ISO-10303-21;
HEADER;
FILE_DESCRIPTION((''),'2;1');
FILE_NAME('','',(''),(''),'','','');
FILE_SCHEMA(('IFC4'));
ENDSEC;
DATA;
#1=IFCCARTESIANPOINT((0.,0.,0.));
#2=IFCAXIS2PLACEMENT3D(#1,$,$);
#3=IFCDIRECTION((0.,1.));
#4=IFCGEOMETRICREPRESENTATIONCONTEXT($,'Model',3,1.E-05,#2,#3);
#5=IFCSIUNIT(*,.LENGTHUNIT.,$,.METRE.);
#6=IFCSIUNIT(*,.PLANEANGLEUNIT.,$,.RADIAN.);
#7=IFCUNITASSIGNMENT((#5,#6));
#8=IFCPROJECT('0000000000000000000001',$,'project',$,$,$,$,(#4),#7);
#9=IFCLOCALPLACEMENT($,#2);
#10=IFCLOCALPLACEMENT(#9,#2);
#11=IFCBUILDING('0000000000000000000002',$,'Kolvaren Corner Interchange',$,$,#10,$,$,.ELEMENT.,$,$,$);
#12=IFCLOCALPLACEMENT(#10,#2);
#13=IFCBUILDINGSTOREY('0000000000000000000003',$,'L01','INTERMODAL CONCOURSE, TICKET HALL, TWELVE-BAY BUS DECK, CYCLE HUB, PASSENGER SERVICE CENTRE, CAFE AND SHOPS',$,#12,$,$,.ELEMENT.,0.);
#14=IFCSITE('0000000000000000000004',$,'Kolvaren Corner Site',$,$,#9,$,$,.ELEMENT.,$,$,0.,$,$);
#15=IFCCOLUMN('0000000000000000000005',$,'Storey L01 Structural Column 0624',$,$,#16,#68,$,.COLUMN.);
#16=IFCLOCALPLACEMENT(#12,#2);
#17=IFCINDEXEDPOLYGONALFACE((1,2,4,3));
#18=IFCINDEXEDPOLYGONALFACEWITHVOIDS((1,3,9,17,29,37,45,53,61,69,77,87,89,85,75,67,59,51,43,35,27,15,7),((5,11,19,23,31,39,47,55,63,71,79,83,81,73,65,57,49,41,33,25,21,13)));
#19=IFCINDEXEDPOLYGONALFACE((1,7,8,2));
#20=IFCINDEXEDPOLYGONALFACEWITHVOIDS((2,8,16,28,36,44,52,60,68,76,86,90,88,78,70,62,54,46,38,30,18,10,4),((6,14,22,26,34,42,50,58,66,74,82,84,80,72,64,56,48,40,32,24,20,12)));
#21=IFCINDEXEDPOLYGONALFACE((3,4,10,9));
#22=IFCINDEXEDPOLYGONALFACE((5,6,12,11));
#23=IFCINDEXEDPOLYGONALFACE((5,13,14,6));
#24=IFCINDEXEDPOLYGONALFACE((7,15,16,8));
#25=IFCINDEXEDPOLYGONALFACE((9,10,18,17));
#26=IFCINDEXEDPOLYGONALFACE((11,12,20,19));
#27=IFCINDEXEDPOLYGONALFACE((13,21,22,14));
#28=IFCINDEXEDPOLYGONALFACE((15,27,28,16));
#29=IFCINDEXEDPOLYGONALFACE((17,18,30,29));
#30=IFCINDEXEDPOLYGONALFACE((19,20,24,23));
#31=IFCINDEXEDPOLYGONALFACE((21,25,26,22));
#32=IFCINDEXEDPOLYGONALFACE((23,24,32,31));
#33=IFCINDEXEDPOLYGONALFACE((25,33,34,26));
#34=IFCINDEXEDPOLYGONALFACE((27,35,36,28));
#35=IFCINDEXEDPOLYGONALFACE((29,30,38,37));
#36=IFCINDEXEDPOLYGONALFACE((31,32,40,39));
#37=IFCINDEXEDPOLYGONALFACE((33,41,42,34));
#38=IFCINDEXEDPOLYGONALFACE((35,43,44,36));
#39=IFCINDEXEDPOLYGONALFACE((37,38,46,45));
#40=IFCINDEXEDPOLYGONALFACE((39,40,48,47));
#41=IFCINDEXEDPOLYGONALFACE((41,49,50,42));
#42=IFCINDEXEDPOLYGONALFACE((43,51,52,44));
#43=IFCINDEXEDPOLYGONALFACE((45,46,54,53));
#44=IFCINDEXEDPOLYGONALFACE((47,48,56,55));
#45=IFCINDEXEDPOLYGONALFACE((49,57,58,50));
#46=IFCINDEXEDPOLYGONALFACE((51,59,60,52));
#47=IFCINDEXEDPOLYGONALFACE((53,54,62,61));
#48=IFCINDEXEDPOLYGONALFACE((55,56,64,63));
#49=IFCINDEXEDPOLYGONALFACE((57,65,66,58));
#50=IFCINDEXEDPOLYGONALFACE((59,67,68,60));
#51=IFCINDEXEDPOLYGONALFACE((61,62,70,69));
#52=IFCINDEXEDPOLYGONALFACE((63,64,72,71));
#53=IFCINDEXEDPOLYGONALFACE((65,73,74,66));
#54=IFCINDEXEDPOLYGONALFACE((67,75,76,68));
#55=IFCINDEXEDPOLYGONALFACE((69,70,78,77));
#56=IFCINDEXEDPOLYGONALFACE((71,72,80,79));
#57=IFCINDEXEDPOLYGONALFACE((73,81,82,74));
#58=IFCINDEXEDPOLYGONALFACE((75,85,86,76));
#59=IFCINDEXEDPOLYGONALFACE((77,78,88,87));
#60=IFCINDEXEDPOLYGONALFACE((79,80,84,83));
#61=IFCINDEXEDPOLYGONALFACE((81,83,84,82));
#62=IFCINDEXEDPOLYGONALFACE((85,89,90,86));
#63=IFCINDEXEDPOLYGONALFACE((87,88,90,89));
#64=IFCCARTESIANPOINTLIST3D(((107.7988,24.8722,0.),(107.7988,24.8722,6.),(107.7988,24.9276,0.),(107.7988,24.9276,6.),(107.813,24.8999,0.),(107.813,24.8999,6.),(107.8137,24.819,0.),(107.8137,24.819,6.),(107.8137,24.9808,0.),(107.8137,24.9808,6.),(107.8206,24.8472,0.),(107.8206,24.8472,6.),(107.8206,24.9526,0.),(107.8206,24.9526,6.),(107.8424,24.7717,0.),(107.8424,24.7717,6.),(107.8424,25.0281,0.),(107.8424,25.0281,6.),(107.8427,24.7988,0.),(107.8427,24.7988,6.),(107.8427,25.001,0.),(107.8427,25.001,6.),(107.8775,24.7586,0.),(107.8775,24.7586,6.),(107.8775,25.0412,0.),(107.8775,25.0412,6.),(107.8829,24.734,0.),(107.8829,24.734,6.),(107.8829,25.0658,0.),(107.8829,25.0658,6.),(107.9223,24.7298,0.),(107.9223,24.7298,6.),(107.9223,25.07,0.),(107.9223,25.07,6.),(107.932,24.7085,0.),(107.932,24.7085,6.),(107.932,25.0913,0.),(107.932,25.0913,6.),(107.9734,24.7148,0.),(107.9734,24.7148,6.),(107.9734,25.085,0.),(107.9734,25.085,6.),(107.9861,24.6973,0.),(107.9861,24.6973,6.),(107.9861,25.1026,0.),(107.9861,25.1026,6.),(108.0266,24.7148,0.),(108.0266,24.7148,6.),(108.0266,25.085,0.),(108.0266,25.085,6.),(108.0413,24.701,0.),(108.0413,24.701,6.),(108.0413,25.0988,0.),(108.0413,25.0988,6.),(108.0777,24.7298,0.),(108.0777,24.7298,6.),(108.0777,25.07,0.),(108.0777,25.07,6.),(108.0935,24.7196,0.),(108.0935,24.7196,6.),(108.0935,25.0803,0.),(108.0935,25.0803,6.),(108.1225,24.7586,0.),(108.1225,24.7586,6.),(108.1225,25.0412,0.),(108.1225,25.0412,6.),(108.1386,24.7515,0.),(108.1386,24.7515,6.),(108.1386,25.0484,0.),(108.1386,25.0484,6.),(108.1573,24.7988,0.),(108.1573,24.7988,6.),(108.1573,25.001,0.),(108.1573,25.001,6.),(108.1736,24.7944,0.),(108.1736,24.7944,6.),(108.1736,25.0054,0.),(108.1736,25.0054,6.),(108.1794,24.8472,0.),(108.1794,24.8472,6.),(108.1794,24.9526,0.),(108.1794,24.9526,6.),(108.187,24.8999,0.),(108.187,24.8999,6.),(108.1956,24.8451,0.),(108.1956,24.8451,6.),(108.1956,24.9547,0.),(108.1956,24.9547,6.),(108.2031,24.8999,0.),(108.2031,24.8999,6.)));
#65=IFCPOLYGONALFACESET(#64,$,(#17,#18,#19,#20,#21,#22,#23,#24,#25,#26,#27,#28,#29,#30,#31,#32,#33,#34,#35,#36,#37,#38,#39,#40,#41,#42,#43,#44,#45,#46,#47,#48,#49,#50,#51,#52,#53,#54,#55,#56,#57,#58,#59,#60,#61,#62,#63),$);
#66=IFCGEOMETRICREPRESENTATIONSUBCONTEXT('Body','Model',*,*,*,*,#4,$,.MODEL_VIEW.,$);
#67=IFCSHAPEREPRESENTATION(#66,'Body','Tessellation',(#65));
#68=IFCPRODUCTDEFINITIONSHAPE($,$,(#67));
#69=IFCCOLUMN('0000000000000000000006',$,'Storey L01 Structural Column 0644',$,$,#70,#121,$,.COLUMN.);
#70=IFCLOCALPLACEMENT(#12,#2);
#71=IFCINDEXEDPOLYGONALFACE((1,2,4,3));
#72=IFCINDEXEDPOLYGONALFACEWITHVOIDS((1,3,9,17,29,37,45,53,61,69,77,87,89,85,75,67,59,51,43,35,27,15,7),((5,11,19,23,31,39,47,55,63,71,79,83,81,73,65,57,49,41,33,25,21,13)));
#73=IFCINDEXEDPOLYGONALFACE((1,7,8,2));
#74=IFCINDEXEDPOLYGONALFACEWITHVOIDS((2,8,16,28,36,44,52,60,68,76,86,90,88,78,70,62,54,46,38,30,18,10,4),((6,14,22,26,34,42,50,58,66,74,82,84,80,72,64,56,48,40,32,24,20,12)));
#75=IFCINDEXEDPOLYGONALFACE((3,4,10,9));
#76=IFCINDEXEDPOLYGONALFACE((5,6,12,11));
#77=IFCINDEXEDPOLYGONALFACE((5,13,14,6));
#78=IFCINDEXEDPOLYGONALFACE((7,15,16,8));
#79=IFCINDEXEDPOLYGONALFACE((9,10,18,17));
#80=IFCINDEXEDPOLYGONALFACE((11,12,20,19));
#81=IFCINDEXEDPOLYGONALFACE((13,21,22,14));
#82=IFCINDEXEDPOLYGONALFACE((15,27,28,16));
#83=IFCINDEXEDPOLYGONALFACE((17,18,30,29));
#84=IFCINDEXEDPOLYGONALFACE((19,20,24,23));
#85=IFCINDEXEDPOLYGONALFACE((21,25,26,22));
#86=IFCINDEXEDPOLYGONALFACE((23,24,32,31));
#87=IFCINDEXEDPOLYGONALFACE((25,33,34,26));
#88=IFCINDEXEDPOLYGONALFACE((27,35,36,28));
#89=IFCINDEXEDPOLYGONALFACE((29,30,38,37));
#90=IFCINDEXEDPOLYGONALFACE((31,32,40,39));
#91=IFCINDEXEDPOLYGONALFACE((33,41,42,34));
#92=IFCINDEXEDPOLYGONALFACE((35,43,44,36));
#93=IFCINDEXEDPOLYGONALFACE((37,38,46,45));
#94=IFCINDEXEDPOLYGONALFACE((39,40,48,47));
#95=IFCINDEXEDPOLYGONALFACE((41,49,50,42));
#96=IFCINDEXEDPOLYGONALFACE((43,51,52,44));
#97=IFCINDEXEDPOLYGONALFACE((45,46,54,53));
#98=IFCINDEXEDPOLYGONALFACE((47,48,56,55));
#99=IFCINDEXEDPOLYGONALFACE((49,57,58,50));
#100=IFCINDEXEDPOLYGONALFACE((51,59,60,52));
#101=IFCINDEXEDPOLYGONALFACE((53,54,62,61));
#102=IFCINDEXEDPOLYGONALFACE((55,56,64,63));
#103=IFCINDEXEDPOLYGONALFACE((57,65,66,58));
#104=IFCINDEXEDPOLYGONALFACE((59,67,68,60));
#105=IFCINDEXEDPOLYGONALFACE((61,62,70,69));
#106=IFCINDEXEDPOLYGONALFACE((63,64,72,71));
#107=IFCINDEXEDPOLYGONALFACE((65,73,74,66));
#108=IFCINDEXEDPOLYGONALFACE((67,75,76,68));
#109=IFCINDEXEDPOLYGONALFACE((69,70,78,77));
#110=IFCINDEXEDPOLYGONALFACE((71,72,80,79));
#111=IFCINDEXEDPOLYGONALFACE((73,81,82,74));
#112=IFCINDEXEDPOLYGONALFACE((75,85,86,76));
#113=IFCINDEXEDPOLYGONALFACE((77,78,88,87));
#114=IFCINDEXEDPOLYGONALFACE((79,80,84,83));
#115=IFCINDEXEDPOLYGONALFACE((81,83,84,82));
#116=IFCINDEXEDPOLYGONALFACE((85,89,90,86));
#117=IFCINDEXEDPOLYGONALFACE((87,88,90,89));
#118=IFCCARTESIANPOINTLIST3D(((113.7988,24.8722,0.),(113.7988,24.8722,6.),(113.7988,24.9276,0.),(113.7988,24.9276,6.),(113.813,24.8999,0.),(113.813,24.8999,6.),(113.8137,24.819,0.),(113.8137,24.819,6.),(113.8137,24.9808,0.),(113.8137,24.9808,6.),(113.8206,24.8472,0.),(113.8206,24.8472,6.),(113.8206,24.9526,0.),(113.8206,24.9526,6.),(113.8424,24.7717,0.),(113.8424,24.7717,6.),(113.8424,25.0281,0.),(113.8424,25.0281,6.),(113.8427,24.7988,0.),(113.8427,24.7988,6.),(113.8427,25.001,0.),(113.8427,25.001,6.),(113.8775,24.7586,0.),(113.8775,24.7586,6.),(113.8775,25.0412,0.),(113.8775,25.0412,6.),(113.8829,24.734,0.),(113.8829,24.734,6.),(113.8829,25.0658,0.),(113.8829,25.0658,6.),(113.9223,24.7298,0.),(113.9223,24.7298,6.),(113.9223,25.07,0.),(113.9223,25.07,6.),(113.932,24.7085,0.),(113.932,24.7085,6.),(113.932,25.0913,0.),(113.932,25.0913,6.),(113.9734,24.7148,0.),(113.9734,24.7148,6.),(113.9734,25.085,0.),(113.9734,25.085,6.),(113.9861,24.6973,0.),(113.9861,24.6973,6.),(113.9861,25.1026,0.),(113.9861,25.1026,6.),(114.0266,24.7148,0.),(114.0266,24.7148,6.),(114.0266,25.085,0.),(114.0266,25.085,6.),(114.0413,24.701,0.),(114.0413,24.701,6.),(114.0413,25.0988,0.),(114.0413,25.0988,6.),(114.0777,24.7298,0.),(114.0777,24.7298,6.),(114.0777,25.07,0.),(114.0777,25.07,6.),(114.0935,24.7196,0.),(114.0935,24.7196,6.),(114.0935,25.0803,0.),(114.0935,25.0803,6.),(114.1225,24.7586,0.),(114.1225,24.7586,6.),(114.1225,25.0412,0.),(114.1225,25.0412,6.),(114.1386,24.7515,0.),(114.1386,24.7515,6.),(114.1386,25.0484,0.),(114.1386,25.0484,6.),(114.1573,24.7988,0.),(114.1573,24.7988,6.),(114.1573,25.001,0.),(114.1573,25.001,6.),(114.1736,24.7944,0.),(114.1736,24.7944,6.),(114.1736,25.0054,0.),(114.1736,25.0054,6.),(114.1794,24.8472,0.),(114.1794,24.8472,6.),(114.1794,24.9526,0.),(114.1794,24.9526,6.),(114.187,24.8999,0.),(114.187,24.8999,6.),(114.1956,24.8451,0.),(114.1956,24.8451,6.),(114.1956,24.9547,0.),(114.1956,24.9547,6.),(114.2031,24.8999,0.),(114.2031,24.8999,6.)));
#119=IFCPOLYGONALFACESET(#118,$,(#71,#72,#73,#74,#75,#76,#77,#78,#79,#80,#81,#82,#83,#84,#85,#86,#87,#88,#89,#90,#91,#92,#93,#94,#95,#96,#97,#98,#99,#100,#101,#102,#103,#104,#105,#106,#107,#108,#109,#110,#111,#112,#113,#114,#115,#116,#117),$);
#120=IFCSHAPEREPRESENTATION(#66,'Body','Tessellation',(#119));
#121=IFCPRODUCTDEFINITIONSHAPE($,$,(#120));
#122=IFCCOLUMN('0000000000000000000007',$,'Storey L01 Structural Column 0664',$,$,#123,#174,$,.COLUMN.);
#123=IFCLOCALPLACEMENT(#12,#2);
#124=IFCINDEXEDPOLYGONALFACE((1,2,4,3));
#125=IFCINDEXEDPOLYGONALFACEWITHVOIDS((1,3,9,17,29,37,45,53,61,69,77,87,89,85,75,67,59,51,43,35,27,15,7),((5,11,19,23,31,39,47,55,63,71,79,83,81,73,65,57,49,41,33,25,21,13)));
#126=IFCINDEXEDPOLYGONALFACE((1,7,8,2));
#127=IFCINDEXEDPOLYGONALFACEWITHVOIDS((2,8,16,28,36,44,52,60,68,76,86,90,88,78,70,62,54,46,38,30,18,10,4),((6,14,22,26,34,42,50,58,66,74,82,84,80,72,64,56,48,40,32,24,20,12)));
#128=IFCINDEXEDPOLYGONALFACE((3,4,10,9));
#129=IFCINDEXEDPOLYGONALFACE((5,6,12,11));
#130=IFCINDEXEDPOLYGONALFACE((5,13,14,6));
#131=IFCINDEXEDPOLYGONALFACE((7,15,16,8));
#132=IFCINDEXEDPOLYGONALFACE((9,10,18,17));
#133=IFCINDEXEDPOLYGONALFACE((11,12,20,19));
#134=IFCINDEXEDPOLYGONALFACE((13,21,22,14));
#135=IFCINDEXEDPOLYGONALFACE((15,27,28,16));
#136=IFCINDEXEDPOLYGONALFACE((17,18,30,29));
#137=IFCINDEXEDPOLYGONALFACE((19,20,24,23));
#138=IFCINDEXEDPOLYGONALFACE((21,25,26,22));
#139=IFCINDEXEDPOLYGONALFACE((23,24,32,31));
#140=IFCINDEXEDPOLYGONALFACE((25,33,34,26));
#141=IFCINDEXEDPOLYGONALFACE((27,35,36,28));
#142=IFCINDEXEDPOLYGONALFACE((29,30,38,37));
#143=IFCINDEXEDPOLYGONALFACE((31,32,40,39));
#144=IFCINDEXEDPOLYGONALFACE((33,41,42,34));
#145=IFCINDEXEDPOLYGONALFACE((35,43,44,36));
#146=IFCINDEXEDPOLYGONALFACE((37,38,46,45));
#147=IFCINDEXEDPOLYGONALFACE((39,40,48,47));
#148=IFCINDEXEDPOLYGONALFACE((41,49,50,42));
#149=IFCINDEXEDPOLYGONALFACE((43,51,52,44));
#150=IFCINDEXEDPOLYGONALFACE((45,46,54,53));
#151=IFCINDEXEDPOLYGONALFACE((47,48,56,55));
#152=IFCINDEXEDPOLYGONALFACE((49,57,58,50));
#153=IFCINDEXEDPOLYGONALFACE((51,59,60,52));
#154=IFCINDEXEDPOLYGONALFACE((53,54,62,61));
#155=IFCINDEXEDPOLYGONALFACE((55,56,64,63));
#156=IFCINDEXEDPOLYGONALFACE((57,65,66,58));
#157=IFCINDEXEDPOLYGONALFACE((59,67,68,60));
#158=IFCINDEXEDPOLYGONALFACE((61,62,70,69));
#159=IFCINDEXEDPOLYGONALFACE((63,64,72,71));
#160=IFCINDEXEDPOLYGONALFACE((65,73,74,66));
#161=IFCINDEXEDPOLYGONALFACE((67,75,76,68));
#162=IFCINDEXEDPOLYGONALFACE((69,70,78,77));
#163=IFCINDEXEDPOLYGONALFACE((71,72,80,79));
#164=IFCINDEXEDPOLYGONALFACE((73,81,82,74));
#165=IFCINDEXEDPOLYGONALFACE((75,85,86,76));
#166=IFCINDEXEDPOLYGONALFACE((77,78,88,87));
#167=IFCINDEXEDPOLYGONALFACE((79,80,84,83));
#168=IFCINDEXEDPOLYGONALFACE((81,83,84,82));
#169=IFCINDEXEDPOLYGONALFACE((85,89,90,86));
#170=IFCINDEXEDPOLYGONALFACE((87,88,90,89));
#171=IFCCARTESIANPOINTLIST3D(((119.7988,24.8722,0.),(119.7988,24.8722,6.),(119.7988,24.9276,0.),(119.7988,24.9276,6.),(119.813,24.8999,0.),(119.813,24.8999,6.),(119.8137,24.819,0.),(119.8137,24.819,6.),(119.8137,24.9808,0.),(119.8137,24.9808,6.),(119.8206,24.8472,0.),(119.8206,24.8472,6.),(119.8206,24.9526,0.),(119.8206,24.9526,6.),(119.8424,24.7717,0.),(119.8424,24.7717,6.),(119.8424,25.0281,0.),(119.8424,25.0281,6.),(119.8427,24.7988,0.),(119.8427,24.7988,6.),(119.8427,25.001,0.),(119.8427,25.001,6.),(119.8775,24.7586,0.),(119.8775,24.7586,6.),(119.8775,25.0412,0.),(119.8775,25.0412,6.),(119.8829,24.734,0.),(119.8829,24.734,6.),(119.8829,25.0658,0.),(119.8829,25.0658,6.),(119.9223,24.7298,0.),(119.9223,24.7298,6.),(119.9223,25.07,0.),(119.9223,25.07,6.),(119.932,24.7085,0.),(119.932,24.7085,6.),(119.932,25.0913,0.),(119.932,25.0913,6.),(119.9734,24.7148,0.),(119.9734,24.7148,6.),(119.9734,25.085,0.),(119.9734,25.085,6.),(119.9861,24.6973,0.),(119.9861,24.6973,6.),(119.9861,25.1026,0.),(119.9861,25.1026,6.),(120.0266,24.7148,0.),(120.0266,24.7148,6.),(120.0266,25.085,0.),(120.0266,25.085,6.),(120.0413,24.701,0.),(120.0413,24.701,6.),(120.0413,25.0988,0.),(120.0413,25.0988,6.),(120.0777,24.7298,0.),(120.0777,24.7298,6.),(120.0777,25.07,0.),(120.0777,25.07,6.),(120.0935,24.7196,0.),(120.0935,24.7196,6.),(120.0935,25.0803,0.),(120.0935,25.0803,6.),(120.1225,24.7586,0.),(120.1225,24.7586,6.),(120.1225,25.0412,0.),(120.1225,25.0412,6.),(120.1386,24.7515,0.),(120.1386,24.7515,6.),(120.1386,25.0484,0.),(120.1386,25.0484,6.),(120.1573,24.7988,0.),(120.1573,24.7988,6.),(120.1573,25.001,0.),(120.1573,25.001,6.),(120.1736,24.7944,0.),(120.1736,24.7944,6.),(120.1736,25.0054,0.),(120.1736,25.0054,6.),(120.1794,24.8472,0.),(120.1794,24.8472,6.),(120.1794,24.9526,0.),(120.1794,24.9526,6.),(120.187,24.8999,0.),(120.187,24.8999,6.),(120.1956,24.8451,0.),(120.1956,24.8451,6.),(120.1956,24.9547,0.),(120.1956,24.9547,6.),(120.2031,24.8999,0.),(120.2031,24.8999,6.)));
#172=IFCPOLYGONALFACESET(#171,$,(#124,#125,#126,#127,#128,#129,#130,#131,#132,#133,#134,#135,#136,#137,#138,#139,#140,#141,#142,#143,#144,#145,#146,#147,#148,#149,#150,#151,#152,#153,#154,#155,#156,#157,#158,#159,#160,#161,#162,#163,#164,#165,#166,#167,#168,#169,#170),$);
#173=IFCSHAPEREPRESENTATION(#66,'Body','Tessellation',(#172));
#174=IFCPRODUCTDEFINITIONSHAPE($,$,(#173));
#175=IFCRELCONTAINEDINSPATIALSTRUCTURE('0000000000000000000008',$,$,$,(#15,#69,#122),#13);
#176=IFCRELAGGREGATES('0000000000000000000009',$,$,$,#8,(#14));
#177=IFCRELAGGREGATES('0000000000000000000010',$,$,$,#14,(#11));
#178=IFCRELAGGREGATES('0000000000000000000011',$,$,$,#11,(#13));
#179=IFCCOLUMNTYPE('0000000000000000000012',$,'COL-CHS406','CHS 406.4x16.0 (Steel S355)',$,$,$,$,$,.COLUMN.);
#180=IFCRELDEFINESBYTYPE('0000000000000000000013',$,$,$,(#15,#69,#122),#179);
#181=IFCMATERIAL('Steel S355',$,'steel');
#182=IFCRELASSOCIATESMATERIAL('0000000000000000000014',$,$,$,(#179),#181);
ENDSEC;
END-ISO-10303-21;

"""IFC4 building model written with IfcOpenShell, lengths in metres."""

from ifc_helpers import new_model, si_unit, direction, frame, origin, origin_2d, place, context, subcontext, project, spatial, hollow_circle, extrude, material, material_profile, profile_set, type_object, element, save


model = new_model("IFC4")

# Units and contexts
model_context = context("Model", 3, precision=1e-05, world=origin(), true_north=direction((0.0, 1.0)))
body_context = subcontext(model_context, "Body", "Model", "MODEL_VIEW")
ifc_project = project(units=[si_unit("LENGTHUNIT", "METRE"), si_unit("PLANEANGLEUNIT", "RADIAN")], contexts=[model_context])

# Site, building, storey
site_placement = place(None, origin())
site = spatial("IfcSite", under=ifc_project, at=site_placement, Name="Kolvaren Corner Site", CompositionType="ELEMENT", RefElevation=0.0)
building_placement = place(site_placement, origin())
building = spatial("IfcBuilding", under=site, at=building_placement, Name="Kolvaren Corner Interchange", CompositionType="ELEMENT")
storey_placement = place(building_placement, origin())
storey = spatial("IfcBuildingStorey", under=building, at=storey_placement, Name="L01", Description="INTERMODAL CONCOURSE, TICKET HALL, TWELVE-BAY BUS DECK, CYCLE HUB, PASSENGER SERVICE CENTRE, CAFE AND SHOPS", CompositionType="ELEMENT", Elevation=0.0)

# Columns
ifc_material_1 = material(Name="Steel S355", Category="steel")
ifc_material_profile_1 = material_profile(ifc_material_1, hollow_circle(Radius=0.2031, WallThickness=0.0161, at=origin_2d()), Name="CHS 406.4x16.0")
ifc_profile_set_1 = profile_set([ifc_material_profile_1], Name="Steel S355")
column_type_1 = type_object("IfcColumnType", Name="COL-CHS406", Description="CHS 406.4x16.0 (Steel S355)", PredefinedType="COLUMN", material=ifc_profile_set_1)
for number, where, z_axis, x_axis, name in (
    (1, (108.0, 24.8999, 0.0), (0.0, 0.0, 1.0), (1.0, 0.0, 0.0), "Storey L01 Structural Column 0624"),
    (2, (114.0, 24.8999, 0.0), (0.0, 0.0, 1.0), (1.0, 0.0, 0.0), "Storey L01 Structural Column 0644"),
    (3, (120.0, 24.8999, 0.0), (0.0, 0.0, 1.0), (1.0, 0.0, 0.0), "Storey L01 Structural Column 0664"),
):
    element("IfcColumn", number, at=place(storey_placement, frame(where, z_axis=z_axis, x_axis=x_axis)), inside=storey, type_object=column_type_1, Name=name, PredefinedType="COLUMN", context=body_context, shape_type="SweptSolid", body=[
        extrude(hollow_circle(Radius=0.2031, WallThickness=0.0161, at=origin_2d()), origin(), (0.0, 0.0, 1.0), 6.0),
    ])

save(model, "model.ifc")
